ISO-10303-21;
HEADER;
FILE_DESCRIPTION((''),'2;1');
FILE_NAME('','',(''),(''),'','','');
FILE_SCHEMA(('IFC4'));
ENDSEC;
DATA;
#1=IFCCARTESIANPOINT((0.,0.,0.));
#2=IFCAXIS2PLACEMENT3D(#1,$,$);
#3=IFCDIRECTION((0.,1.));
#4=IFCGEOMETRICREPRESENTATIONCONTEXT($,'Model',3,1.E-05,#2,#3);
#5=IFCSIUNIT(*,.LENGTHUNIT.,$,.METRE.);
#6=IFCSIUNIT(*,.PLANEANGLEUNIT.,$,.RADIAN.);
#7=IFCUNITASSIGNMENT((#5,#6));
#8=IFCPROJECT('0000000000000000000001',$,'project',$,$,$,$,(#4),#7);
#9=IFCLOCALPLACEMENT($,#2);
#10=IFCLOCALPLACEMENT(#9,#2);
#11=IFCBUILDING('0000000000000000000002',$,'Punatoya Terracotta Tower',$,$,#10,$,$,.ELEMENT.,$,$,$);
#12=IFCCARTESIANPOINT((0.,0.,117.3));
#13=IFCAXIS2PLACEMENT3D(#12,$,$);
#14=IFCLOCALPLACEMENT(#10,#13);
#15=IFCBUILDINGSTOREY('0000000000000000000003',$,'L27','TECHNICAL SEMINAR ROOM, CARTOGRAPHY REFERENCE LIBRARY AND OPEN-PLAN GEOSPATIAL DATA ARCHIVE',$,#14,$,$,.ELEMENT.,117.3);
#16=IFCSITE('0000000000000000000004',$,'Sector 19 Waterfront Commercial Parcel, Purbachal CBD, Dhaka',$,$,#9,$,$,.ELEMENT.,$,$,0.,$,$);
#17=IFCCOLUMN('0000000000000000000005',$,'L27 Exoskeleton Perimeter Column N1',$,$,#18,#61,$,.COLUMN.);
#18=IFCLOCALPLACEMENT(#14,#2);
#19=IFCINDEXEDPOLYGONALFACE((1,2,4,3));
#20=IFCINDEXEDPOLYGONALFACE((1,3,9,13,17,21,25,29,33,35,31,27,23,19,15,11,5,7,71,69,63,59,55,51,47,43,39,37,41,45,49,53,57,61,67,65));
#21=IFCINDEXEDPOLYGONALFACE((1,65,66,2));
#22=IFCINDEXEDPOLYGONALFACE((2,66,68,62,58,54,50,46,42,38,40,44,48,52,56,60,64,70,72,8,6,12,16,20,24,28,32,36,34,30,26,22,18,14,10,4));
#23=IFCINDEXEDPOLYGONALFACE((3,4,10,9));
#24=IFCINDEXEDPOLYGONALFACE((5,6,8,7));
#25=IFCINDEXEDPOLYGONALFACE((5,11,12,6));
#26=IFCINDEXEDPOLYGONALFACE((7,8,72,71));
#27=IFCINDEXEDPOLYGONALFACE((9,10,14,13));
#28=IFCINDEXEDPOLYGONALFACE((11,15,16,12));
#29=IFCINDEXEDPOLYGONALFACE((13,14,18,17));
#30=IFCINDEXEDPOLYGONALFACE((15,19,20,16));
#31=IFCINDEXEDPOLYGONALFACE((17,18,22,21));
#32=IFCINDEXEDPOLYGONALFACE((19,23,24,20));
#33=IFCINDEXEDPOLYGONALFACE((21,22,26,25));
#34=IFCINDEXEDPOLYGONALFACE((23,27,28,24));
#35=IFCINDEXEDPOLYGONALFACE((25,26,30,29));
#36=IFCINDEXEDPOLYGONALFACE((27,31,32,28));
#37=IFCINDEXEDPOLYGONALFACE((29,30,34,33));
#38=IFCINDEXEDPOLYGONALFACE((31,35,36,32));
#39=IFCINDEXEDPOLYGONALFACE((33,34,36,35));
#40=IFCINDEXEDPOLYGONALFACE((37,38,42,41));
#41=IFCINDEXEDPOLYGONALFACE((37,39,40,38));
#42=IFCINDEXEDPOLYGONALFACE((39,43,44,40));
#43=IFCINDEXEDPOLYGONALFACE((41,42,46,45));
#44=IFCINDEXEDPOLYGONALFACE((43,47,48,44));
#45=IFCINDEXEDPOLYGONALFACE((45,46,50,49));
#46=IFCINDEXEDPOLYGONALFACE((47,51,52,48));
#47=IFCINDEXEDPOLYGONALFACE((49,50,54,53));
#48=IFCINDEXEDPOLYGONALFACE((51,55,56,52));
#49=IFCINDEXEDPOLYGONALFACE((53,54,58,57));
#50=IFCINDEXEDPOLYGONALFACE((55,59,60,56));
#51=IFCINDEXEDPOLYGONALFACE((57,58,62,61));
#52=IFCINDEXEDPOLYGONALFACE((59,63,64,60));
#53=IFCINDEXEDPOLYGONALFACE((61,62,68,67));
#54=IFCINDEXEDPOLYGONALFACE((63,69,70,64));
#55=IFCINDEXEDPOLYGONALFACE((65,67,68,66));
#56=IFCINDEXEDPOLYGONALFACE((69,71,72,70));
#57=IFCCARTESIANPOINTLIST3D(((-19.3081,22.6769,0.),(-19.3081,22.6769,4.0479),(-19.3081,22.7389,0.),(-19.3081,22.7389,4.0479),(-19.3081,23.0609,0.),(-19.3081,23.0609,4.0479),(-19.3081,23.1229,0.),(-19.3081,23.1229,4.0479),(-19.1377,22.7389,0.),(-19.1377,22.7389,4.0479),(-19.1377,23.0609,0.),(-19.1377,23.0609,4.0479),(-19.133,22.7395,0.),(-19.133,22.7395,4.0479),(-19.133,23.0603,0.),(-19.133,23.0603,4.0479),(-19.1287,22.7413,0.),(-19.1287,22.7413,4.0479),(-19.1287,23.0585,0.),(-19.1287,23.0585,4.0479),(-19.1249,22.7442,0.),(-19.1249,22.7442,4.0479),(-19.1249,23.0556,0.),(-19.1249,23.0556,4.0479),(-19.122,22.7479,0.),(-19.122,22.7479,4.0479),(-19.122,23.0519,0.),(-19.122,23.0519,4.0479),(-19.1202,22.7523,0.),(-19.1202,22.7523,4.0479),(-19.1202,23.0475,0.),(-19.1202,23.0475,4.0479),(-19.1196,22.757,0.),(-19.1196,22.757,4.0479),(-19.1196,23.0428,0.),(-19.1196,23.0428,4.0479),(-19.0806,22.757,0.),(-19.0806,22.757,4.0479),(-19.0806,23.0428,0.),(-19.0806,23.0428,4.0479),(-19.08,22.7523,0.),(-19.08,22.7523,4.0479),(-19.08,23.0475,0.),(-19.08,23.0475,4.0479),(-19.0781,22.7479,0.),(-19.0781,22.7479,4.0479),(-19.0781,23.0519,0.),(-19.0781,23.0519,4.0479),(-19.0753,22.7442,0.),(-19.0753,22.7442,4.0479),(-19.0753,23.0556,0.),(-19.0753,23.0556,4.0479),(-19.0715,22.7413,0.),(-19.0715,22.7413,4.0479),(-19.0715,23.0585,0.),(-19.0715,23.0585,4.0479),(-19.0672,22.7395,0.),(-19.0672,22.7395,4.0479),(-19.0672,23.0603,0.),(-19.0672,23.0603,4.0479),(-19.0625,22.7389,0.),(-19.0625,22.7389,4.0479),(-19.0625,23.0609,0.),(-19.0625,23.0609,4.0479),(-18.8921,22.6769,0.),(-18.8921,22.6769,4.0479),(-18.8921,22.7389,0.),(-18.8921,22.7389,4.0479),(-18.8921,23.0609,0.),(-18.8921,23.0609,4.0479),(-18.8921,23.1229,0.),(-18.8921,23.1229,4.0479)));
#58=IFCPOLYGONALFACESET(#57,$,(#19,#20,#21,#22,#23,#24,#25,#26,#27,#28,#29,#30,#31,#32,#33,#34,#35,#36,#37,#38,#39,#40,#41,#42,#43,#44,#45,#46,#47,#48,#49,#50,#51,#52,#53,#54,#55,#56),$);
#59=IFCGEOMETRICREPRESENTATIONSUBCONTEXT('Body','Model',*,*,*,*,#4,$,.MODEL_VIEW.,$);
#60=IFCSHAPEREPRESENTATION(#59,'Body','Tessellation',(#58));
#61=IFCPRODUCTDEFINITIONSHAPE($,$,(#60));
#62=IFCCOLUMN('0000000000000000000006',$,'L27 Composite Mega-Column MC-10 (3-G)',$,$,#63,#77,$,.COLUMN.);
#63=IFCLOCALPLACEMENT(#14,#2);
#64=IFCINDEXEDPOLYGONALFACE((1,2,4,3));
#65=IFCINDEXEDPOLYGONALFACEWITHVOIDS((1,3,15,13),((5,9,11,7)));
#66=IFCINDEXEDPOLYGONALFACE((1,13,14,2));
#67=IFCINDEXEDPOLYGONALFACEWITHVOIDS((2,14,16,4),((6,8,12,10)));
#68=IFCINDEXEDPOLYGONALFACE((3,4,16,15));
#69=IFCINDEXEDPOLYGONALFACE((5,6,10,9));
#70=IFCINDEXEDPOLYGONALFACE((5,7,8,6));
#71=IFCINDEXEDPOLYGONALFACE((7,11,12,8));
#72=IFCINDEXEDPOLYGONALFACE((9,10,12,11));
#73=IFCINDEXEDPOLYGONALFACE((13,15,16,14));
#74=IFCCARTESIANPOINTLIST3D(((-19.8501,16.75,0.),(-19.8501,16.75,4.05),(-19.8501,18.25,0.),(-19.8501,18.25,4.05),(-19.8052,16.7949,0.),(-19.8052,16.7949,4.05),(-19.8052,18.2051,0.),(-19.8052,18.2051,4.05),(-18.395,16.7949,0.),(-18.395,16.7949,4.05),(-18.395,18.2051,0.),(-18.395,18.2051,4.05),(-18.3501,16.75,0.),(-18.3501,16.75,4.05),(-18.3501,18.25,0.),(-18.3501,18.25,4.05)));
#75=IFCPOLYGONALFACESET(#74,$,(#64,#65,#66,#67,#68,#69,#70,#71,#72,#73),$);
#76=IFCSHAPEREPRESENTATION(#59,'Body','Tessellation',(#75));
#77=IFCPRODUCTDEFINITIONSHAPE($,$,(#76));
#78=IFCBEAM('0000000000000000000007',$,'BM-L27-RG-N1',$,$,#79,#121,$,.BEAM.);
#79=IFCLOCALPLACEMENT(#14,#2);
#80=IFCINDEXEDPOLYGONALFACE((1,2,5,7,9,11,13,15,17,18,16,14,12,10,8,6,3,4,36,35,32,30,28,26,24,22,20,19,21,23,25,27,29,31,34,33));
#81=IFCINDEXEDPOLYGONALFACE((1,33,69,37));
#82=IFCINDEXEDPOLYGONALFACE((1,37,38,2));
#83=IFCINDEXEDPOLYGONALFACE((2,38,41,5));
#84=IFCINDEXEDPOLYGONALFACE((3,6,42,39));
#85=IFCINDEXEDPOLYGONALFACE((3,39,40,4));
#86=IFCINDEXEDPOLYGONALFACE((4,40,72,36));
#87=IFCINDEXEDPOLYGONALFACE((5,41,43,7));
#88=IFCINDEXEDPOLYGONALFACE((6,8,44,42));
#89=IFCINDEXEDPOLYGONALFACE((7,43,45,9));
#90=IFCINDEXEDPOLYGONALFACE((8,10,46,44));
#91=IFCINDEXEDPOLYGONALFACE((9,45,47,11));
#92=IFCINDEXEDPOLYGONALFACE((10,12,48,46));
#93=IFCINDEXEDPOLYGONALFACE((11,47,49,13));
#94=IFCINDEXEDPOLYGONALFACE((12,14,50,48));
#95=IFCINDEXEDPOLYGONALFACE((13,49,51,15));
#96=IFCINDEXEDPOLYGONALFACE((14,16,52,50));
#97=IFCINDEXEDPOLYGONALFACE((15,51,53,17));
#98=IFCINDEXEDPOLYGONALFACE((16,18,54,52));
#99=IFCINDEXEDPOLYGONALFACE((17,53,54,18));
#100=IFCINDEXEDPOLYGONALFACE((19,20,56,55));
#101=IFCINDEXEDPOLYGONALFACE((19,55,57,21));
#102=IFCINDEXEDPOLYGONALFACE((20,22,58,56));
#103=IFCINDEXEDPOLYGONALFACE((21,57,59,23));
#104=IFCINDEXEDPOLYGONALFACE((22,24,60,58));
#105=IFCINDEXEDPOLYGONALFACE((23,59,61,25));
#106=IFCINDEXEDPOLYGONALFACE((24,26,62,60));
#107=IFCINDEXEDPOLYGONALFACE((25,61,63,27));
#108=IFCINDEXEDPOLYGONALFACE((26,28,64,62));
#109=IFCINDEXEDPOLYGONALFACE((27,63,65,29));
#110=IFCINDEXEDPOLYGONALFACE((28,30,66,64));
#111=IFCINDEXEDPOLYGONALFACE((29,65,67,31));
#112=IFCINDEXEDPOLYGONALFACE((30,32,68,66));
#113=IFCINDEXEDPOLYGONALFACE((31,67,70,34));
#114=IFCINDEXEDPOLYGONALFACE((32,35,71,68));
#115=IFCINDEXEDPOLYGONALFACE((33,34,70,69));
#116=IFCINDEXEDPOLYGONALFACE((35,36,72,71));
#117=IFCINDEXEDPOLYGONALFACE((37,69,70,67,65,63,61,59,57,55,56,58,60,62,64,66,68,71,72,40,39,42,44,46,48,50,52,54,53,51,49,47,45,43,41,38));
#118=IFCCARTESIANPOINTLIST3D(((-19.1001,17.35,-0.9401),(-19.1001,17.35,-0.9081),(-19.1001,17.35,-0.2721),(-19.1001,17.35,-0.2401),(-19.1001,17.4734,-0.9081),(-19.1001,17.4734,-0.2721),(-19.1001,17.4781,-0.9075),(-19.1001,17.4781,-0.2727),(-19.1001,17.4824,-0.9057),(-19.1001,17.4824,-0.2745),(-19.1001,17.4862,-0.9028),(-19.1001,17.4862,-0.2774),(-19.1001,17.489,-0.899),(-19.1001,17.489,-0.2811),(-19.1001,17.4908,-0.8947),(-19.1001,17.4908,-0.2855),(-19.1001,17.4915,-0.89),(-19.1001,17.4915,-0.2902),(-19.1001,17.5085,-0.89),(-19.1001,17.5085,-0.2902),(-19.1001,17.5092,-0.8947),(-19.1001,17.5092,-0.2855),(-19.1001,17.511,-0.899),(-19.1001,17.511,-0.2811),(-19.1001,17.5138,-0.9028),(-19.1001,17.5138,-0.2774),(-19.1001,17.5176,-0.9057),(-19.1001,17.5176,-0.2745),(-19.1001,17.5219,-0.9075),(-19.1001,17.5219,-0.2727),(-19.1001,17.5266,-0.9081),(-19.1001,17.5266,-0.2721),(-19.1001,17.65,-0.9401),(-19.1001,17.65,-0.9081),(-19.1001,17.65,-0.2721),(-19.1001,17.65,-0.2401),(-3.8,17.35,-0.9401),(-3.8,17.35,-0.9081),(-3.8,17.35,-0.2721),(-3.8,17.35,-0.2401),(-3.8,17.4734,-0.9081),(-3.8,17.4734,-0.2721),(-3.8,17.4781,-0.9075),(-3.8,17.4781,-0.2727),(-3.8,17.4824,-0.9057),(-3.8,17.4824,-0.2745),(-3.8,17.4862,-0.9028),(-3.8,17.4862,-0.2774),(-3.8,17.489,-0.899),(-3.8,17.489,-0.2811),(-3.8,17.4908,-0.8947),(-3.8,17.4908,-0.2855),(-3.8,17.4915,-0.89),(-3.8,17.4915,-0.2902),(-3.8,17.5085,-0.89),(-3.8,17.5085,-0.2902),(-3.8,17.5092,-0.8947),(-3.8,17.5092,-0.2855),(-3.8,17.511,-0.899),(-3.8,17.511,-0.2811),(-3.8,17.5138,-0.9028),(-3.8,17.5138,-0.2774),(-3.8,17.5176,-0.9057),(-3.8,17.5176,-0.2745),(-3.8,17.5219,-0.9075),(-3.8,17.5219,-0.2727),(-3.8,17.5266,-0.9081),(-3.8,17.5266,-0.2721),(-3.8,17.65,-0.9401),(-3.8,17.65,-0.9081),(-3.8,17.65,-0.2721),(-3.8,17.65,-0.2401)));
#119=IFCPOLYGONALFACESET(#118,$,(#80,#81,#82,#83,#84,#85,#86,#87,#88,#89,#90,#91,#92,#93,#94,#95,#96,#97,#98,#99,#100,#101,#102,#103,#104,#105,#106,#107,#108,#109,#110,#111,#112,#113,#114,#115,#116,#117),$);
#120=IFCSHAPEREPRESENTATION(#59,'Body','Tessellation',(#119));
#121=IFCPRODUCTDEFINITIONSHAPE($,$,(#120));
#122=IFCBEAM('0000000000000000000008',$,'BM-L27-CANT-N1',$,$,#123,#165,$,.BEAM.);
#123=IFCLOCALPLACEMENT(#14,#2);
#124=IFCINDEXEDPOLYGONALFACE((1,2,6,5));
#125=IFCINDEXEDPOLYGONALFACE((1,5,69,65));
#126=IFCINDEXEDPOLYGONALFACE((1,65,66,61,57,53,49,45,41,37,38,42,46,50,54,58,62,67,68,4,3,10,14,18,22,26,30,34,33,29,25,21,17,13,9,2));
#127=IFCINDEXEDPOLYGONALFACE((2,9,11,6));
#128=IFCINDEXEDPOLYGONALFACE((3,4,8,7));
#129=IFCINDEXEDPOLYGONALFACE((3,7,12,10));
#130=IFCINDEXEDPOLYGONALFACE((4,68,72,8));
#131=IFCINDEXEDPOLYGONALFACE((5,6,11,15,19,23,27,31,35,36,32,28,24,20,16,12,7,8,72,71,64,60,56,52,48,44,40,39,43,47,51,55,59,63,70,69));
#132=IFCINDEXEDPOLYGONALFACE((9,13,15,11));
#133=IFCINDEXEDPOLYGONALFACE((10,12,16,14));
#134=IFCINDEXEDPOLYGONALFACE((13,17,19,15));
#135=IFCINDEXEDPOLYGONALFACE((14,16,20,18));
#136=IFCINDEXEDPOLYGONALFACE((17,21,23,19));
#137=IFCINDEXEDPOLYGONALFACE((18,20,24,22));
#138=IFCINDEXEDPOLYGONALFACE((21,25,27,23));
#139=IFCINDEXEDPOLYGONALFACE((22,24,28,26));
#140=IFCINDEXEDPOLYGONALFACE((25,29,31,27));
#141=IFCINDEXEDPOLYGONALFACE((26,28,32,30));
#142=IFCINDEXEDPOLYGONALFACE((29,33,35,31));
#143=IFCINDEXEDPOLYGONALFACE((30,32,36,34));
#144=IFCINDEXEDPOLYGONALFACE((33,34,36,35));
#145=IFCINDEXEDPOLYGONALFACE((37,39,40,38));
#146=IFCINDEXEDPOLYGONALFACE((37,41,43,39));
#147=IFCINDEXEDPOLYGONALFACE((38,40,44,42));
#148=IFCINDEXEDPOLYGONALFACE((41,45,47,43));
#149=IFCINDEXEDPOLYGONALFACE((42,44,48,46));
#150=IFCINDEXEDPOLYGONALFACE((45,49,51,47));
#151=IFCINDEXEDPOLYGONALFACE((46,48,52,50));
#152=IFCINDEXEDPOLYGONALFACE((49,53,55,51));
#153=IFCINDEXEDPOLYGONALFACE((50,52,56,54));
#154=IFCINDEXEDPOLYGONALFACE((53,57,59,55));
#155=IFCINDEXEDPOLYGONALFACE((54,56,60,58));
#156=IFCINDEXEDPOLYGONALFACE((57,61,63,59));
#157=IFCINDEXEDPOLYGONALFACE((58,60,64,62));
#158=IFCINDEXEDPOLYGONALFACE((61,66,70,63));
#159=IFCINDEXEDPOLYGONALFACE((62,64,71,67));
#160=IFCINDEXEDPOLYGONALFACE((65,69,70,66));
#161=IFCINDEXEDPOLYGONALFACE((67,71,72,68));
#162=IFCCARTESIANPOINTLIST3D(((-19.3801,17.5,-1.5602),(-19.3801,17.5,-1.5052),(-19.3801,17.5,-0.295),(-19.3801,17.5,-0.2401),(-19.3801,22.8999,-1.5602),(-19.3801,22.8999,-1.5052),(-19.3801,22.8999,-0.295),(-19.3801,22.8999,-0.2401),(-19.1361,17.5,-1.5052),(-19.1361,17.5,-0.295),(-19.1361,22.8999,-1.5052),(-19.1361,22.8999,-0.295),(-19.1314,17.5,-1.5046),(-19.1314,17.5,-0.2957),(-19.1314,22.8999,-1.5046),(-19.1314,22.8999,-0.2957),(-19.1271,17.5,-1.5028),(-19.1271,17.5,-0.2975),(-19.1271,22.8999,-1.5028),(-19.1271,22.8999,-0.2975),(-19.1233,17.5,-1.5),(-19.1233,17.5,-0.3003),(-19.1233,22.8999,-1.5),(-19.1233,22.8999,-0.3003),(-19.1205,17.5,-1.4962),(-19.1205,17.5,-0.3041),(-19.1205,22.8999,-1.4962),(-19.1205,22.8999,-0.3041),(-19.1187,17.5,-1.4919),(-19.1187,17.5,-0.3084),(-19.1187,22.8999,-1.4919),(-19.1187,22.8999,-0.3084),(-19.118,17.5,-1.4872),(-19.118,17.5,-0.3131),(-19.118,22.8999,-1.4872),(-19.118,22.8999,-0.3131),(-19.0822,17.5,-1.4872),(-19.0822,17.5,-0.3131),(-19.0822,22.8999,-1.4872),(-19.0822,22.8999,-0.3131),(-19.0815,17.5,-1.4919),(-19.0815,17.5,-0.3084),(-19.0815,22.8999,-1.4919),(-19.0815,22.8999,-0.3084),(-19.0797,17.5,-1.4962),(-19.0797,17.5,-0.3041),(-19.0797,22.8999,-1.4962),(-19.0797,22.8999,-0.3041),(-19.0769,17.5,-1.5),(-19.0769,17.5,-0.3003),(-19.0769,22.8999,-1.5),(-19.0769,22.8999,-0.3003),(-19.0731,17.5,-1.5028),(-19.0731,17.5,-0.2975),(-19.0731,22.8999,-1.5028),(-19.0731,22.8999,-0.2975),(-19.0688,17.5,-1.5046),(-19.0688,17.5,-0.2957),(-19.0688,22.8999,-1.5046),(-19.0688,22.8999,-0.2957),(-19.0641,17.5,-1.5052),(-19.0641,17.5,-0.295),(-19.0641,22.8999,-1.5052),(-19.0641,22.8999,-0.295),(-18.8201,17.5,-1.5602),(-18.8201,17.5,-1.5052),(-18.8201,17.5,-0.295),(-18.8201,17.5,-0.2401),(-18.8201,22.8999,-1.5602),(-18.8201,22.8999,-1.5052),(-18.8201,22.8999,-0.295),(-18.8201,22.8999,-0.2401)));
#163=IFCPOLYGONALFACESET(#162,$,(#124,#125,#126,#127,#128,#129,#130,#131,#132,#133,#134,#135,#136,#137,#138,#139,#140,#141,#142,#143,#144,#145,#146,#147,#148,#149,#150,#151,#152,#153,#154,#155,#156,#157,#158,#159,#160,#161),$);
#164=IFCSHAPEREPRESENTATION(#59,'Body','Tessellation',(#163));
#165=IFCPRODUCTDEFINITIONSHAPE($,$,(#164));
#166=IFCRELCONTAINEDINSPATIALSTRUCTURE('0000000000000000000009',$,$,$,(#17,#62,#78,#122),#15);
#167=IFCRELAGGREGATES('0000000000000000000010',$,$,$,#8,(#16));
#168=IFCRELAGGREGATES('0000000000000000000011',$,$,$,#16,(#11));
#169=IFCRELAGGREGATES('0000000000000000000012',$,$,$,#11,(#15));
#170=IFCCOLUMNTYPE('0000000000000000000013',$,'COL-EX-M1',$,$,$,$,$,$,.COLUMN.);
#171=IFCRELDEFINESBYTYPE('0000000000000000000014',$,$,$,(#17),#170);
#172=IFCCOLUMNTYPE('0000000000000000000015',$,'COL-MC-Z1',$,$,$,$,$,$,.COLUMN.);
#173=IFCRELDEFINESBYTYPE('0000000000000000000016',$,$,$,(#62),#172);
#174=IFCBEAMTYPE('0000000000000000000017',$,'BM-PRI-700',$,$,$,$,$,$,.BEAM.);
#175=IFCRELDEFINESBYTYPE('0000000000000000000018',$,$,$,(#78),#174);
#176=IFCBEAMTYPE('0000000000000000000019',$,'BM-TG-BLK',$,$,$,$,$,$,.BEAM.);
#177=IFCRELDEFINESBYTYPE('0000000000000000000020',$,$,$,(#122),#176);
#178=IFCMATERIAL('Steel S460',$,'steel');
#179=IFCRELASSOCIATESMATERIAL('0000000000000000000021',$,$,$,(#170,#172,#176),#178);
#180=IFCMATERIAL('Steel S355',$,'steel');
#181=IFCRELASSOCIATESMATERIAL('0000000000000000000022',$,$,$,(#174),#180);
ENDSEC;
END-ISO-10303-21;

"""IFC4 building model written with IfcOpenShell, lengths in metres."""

from ifc_helpers import new_model, si_unit, direction, frame, origin, origin_2d, place, context, subcontext, project, spatial, hollow_rectangle, i_section, extrude, material, material_profile, profile_set, type_object, element, save


model = new_model("IFC4")

# Units and contexts
model_context = context("Model", 3, precision=1e-05, world=origin(), true_north=direction((0.0, 1.0)))
body_context = subcontext(model_context, "Body", "Model", "MODEL_VIEW")
ifc_project = project(units=[si_unit("LENGTHUNIT", "METRE"), si_unit("PLANEANGLEUNIT", "RADIAN")], contexts=[model_context])

# Site, building, storey
site_placement = place(None, origin())
site = spatial("IfcSite", under=ifc_project, at=site_placement, Name="Sector 19 Waterfront Commercial Parcel, Purbachal CBD, Dhaka", CompositionType="ELEMENT", RefElevation=0.0)
building_placement = place(site_placement, origin())
building = spatial("IfcBuilding", under=site, at=building_placement, Name="Punatoya Terracotta Tower", CompositionType="ELEMENT")
storey_placement = place(building_placement, frame((0.0, 0.0, 117.3)))
storey = spatial("IfcBuildingStorey", under=building, at=storey_placement, Name="L27", Description="TECHNICAL SEMINAR ROOM, CARTOGRAPHY REFERENCE LIBRARY AND OPEN-PLAN GEOSPATIAL DATA ARCHIVE", CompositionType="ELEMENT", Elevation=117.3)

# Columns
ifc_material_1 = material(Name="Steel S460", Category="steel")
ifc_material_profile_1 = material_profile(ifc_material_1, i_section(OverallWidth=0.416, OverallDepth=0.446, WebThickness=0.0391, FlangeThickness=0.062, FilletRadius=0.0181, at=origin_2d()))
ifc_profile_set_1 = profile_set([ifc_material_profile_1], Name="Steel S460")
column_type_1 = type_object("IfcColumnType", Name="COL-EX-M1", PredefinedType="COLUMN", material=ifc_profile_set_1)
column_1_placement = place(storey_placement, frame((-19.1001, 22.8999, 0.0), z_axis=(0.0, 0.0, 1.0), x_axis=(1.0, 0.0, 0.0)))
element("IfcColumn", 1, at=column_1_placement, inside=storey, type_object=column_type_1, Name="L27 Exoskeleton Perimeter Column N1", PredefinedType="COLUMN", context=body_context, shape_type="SweptSolid", body=[
    extrude(i_section(OverallWidth=0.416, OverallDepth=0.446, WebThickness=0.0391, FlangeThickness=0.062, FilletRadius=0.0181, at=origin_2d()), origin(), (0.0, 0.0, 1.0), 4.0479),
])
ifc_material_profile_2 = material_profile(ifc_material_1, hollow_rectangle(XDim=1.5, YDim=1.5, WallThickness=0.0449, at=origin_2d()))
ifc_profile_set_2 = profile_set([ifc_material_profile_2], Name="Steel S460")
column_type_2 = type_object("IfcColumnType", Name="COL-MC-Z1", PredefinedType="COLUMN", material=ifc_profile_set_2)
column_2_placement = place(storey_placement, frame((-19.1001, 17.5, 0.0), z_axis=(0.0, 0.0, 1.0), x_axis=(1.0, 0.0, 0.0)))
element("IfcColumn", 2, at=column_2_placement, inside=storey, type_object=column_type_2, Name="L27 Composite Mega-Column MC-10 (3-G)", PredefinedType="COLUMN", context=body_context, shape_type="SweptSolid", body=[
    extrude(hollow_rectangle(XDim=1.5, YDim=1.5, WallThickness=0.0449, at=origin_2d()), origin(), (0.0, 0.0, 1.0), 4.05),
])

# Beams
ifc_material_2 = material(Name="Steel S355", Category="steel")
ifc_material_profile_3 = material_profile(ifc_material_2, i_section(OverallWidth=0.3, OverallDepth=0.7, WebThickness=0.0171, FlangeThickness=0.032, FilletRadius=0.0181, at=origin_2d()))
ifc_profile_set_3 = profile_set([ifc_material_profile_3], Name="Steel S355")
beam_type_1 = type_object("IfcBeamType", Name="BM-PRI-700", PredefinedType="BEAM", material=ifc_profile_set_3)
beam_1_placement = place(storey_placement, frame((-19.1001, 17.5, -0.5901), z_axis=(1.0, 0.0, 0.0), x_axis=(0.0, 1.0, 0.0)))
element("IfcBeam", 3, at=beam_1_placement, inside=storey, type_object=beam_type_1, Name="BM-L27-RG-N1", PredefinedType="BEAM", context=body_context, shape_type="SweptSolid", body=[
    extrude(i_section(OverallWidth=0.3, OverallDepth=0.7, WebThickness=0.0171, FlangeThickness=0.032, FilletRadius=0.0181, at=origin_2d()), origin(), (0.0, 0.0, 1.0), 15.3),
])
ifc_material_profile_4 = material_profile(ifc_material_1, i_section(OverallWidth=0.5601, OverallDepth=1.3201, WebThickness=0.0359, FlangeThickness=0.0549, FilletRadius=0.0181, at=origin_2d()))
ifc_profile_set_4 = profile_set([ifc_material_profile_4], Name="Steel S460")
beam_type_2 = type_object("IfcBeamType", Name="BM-TG-BLK", PredefinedType="BEAM", material=ifc_profile_set_4)
beam_2_placement = place(storey_placement, frame((-19.1001, 17.5, -0.9001), z_axis=(0.0, 1.0, 0.0), x_axis=(-1.0, 0.0, 0.0)))
element("IfcBeam", 4, at=beam_2_placement, inside=storey, type_object=beam_type_2, Name="BM-L27-CANT-N1", PredefinedType="BEAM", context=body_context, shape_type="SweptSolid", body=[
    extrude(i_section(OverallWidth=0.5601, OverallDepth=1.3201, WebThickness=0.0359, FlangeThickness=0.0549, FilletRadius=0.0181, at=origin_2d()), origin(), (0.0, 0.0, 1.0), 5.3999),
])

save(model, "model.ifc")
